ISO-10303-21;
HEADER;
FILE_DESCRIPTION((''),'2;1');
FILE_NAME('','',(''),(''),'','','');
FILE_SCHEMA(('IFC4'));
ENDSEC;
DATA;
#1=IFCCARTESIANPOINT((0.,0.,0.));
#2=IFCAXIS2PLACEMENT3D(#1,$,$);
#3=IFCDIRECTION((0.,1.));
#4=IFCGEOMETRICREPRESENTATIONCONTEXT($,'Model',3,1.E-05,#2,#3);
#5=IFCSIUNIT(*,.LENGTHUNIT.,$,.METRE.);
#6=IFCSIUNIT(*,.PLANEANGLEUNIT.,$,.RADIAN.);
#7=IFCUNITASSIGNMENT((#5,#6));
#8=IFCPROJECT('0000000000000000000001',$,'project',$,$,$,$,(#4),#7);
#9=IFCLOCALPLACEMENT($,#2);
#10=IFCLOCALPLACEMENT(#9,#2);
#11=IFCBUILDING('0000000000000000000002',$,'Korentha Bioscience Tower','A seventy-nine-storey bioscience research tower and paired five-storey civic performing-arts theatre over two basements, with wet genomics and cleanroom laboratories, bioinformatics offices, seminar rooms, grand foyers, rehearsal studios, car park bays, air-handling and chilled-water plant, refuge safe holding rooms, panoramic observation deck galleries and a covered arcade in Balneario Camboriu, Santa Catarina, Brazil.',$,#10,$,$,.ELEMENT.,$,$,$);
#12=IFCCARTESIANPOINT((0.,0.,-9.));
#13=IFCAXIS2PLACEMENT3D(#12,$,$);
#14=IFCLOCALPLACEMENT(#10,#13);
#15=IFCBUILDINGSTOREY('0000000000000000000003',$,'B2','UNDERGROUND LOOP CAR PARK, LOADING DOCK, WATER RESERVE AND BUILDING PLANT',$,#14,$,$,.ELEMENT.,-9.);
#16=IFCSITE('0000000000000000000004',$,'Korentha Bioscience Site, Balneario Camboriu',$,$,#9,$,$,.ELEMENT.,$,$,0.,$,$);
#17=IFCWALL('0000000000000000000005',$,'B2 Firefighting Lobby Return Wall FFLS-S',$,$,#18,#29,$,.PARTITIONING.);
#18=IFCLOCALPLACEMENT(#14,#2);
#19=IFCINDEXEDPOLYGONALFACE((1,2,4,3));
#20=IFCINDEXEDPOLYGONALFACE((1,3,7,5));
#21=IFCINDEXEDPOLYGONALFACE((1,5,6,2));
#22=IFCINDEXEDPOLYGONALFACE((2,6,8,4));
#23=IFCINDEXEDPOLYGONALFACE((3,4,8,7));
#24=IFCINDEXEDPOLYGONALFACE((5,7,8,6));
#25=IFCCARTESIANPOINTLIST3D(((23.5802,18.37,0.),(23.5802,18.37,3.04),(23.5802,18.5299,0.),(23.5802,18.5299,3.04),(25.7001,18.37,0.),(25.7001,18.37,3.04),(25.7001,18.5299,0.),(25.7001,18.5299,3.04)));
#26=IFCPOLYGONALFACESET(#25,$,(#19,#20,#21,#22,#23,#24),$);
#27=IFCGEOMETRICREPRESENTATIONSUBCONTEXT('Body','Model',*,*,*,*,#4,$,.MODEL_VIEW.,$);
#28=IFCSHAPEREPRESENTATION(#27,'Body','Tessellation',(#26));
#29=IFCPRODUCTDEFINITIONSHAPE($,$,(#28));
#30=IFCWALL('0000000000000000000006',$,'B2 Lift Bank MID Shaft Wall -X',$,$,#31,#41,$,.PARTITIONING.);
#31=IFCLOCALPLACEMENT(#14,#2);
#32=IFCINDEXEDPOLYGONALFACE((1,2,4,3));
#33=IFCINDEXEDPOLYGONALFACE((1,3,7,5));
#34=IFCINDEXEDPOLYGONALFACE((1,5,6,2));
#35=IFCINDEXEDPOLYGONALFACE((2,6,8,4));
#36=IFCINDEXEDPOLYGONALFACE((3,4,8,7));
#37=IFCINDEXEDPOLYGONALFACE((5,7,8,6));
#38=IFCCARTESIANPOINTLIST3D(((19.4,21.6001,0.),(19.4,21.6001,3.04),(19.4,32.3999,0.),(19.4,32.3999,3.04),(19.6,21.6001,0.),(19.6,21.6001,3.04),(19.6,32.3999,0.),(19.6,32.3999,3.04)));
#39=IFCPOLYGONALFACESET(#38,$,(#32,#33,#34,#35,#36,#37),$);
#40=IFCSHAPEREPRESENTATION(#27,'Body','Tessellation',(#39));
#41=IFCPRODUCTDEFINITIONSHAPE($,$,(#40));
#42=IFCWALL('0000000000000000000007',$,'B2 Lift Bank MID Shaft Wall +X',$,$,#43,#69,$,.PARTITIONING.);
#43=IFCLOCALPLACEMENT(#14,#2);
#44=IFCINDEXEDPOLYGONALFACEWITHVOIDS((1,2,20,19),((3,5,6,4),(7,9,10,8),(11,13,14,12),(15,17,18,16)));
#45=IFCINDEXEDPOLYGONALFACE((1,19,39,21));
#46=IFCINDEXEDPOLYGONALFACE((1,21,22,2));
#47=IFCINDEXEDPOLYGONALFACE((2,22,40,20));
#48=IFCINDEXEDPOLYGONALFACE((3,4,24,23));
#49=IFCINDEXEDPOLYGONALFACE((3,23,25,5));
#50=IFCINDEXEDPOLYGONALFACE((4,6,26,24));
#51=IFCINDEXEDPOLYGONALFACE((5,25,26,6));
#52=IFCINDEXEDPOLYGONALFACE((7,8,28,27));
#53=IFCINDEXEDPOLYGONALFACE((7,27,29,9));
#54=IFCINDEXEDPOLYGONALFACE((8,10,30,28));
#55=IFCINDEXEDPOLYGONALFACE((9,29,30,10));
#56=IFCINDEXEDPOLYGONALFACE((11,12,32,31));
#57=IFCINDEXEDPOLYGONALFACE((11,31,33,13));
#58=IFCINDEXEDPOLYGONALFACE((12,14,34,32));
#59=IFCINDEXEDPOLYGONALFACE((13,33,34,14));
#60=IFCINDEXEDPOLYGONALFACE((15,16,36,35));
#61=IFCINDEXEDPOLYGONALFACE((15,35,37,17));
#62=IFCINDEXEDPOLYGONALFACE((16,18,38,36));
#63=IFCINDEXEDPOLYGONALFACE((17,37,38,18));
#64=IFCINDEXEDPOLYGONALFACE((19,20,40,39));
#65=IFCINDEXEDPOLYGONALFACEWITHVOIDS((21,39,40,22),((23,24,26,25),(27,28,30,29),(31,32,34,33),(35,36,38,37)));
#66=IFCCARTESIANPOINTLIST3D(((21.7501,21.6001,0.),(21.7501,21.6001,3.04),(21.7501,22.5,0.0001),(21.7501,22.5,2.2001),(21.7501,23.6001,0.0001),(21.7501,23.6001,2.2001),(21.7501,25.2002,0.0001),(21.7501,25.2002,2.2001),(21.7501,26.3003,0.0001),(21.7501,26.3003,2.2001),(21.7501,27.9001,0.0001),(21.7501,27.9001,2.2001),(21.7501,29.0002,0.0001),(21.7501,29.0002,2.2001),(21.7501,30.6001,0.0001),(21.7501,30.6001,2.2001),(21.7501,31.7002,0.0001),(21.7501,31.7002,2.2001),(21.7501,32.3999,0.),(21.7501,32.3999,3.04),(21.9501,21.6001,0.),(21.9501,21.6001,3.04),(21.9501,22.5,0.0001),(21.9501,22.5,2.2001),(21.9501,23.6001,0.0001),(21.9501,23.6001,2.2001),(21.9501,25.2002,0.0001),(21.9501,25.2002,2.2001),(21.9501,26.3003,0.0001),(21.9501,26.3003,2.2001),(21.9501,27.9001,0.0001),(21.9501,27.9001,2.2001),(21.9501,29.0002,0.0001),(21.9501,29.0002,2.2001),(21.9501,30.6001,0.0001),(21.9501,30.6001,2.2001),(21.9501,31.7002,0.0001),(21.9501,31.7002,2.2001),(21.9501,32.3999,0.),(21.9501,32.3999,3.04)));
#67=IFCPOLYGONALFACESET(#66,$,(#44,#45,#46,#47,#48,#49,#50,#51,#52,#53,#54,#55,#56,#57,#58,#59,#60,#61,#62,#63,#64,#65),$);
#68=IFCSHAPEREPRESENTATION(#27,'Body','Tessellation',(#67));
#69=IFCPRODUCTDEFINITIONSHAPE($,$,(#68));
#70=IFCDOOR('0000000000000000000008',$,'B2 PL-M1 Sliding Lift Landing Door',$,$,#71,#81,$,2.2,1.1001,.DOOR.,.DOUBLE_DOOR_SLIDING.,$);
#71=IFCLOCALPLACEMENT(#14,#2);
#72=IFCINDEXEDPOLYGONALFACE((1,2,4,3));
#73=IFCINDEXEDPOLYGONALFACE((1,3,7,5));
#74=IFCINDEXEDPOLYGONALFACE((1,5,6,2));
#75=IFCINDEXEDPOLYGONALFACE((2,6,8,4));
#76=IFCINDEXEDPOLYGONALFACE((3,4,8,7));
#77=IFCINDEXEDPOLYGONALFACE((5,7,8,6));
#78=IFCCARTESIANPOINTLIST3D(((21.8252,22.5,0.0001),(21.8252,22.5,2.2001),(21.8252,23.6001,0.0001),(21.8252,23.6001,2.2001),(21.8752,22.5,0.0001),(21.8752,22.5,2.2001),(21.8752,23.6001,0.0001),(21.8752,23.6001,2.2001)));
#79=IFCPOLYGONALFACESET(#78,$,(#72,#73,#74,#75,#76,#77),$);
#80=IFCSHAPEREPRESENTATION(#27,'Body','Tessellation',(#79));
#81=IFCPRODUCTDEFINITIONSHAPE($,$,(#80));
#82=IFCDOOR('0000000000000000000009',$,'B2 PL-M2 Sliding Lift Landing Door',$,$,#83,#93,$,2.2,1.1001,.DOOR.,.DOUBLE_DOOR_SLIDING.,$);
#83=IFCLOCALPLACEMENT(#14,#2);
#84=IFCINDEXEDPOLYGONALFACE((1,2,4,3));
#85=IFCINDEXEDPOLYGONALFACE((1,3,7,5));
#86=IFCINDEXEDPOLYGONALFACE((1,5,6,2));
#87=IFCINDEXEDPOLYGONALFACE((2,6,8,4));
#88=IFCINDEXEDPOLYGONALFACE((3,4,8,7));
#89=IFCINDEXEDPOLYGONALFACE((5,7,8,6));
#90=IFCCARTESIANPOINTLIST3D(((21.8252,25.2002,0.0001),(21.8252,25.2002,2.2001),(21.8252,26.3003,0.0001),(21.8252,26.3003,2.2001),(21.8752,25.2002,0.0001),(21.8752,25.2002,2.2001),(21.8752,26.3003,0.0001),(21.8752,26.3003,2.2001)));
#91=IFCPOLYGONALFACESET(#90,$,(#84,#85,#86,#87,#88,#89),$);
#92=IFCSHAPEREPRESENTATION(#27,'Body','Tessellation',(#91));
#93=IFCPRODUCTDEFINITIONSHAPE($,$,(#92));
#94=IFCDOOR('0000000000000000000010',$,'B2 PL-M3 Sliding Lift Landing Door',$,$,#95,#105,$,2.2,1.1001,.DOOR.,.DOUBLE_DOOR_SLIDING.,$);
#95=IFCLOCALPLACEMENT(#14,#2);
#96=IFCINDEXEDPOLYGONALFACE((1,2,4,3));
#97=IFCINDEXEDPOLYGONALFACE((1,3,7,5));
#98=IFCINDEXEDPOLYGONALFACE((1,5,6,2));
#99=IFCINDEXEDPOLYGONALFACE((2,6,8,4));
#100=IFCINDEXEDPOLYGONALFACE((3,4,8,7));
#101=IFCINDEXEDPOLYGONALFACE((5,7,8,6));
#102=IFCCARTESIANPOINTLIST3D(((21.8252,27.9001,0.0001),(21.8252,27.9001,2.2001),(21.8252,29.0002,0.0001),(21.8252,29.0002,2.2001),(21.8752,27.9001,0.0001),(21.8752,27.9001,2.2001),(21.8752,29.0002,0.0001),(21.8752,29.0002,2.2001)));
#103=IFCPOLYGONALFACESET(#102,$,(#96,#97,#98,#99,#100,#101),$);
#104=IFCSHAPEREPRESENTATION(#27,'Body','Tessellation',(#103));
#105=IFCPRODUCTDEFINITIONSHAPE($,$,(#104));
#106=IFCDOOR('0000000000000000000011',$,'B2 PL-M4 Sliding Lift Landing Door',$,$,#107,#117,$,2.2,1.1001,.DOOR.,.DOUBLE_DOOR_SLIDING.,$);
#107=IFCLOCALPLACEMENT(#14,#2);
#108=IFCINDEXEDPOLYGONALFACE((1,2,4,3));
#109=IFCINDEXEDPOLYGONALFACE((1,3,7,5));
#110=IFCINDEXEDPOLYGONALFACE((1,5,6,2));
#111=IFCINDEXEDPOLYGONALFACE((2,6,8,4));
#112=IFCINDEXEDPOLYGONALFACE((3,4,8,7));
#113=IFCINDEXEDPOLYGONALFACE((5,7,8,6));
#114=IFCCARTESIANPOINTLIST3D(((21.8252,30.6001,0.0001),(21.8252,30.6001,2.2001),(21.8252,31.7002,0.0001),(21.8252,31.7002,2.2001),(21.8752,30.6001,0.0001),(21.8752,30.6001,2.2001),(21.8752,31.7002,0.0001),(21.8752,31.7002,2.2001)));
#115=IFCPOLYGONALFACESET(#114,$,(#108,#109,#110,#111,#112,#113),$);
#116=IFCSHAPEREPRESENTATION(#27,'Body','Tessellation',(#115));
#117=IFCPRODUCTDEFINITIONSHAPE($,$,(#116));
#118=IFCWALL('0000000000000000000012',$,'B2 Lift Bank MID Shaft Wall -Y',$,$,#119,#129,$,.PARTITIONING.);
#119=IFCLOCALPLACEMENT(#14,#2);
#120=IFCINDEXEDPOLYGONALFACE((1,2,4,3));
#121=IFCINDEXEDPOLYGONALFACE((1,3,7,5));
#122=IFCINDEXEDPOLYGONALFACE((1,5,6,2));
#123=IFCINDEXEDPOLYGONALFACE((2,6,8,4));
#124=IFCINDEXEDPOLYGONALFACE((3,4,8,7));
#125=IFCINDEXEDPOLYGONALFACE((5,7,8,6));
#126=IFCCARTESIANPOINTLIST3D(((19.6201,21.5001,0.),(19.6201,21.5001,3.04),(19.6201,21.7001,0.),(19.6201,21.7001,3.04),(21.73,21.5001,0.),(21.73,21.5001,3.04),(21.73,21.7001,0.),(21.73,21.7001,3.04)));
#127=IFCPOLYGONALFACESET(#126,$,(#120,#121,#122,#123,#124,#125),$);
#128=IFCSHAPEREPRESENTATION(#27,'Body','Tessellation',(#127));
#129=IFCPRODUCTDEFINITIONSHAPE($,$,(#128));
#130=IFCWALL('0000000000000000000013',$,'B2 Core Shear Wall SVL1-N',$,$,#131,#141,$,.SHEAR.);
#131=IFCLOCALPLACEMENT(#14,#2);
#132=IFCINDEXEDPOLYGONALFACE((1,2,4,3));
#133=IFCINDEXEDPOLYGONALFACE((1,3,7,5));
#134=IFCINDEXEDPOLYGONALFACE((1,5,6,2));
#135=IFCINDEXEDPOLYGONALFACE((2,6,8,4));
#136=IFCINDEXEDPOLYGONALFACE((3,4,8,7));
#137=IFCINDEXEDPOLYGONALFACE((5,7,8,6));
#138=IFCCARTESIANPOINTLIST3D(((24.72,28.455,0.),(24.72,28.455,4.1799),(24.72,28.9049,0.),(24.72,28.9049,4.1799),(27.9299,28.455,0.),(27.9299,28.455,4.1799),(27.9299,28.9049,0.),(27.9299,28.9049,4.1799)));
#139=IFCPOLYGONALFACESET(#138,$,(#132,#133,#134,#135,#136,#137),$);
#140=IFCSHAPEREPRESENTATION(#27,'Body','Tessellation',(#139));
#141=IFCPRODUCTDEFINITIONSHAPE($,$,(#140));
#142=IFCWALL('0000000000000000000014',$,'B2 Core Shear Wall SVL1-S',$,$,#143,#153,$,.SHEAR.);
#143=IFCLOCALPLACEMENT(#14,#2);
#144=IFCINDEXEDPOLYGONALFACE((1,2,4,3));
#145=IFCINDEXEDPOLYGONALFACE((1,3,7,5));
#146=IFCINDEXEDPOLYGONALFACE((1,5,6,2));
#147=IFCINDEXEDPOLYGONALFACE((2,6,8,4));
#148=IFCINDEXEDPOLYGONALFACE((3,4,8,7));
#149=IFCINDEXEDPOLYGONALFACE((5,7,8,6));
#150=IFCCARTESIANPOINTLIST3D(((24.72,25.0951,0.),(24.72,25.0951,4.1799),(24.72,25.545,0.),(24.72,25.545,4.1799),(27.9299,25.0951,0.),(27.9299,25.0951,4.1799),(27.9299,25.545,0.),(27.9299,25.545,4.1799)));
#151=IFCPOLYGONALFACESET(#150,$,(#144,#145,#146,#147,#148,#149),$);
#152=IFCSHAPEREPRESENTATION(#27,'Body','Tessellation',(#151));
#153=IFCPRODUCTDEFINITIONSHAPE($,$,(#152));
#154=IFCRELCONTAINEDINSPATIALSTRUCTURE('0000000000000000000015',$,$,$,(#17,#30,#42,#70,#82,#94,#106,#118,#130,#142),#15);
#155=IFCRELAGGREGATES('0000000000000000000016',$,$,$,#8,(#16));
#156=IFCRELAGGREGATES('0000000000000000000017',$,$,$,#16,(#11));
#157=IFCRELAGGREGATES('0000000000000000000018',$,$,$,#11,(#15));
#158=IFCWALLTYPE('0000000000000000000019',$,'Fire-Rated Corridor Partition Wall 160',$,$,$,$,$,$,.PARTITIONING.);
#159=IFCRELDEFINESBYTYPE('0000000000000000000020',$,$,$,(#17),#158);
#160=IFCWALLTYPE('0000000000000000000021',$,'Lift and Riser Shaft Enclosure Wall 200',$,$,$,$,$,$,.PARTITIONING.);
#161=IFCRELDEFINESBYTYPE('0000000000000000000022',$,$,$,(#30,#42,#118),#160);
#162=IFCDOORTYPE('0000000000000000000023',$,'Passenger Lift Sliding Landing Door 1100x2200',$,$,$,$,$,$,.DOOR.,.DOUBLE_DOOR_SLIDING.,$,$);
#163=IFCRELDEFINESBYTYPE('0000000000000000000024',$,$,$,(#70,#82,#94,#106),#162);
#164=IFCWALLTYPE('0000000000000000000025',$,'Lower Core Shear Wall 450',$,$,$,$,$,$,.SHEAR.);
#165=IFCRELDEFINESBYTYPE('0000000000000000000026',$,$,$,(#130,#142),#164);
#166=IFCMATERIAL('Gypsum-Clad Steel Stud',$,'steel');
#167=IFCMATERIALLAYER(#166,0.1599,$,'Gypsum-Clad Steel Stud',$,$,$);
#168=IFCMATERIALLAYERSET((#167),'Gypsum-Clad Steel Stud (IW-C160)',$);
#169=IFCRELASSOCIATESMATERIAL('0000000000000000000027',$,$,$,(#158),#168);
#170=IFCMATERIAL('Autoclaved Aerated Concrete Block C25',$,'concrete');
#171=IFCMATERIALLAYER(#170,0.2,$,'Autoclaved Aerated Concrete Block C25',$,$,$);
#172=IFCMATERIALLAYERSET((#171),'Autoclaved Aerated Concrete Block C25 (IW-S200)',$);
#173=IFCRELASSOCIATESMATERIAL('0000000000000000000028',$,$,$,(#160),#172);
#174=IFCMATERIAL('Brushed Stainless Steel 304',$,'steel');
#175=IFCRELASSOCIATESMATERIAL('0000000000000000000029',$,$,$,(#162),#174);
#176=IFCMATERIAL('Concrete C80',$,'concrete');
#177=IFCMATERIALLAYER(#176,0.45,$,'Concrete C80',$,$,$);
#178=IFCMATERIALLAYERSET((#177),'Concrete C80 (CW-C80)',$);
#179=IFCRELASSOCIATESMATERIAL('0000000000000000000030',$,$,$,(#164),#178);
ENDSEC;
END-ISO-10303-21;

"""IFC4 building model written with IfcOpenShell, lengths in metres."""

from ifc_helpers import new_model, si_unit, direction, frame, frame_2d, origin, place, context, subcontext, project, spatial, rectangle, extrude, material, layer, layer_set, type_object, element, fill, save


model = new_model("IFC4")

# Units and contexts
model_context = context("Model", 3, precision=1e-05, world=origin(), true_north=direction((0.0, 1.0)))
body_context = subcontext(model_context, "Body", "Model", "MODEL_VIEW")
ifc_project = project(units=[si_unit("LENGTHUNIT", "METRE"), si_unit("PLANEANGLEUNIT", "RADIAN")], contexts=[model_context])

# Site, building, storey
site_placement = place(None, origin())
site = spatial("IfcSite", under=ifc_project, at=site_placement, Name="Korentha Bioscience Site, Balneario Camboriu", CompositionType="ELEMENT", RefElevation=0.0)
building_placement = place(site_placement, origin())
building = spatial("IfcBuilding", under=site, at=building_placement, Name="Korentha Bioscience Tower", Description="A seventy-nine-storey bioscience research tower and paired five-storey civic performing-arts theatre over two basements, with wet genomics and cleanroom laboratories, bioinformatics offices, seminar rooms, grand foyers, rehearsal studios, car park bays, air-handling and chilled-water plant, refuge safe holding rooms, panoramic observation deck galleries and a covered arcade in Balneario Camboriu, Santa Catarina, Brazil.", CompositionType="ELEMENT")
storey_placement = place(building_placement, frame((0.0, 0.0, -9.0)))
storey = spatial("IfcBuildingStorey", under=building, at=storey_placement, Name="B2", Description="UNDERGROUND LOOP CAR PARK, LOADING DOCK, WATER RESERVE AND BUILDING PLANT", CompositionType="ELEMENT", Elevation=-9.0)

# Shared definitions
ifc_material_1 = material(Name="Gypsum-Clad Steel Stud", Category="steel")
ifc_layer_1 = layer(ifc_material_1, 0.1599, Name="Gypsum-Clad Steel Stud")
ifc_layer_set_1 = layer_set([ifc_layer_1], Name="Gypsum-Clad Steel Stud (IW-C160)")
wall_type_1 = type_object("IfcWallType", Name="Fire-Rated Corridor Partition Wall 160", PredefinedType="PARTITIONING", material=ifc_layer_set_1)

# Walls
wall_1_placement = place(storey_placement, frame((23.5801, 18.45, 0.0), z_axis=(0.0, 0.0, 1.0), x_axis=(1.0, 0.0, 0.0)))
element("IfcWall", 1, at=wall_1_placement, inside=storey, type_object=wall_type_1, Name="B2 Firefighting Lobby Return Wall FFLS-S", PredefinedType="PARTITIONING", context=body_context, shape_type="SweptSolid", body=[
    extrude(rectangle(XDim=2.1199, YDim=0.1599, at=frame_2d((1.0601, 0.0))), origin(), (0.0, 0.0, 1.0), 3.04),
])
ifc_material_2 = material(Name="Autoclaved Aerated Concrete Block C25", Category="concrete")
ifc_layer_2 = layer(ifc_material_2, 0.2, Name="Autoclaved Aerated Concrete Block C25")
ifc_layer_set_2 = layer_set([ifc_layer_2], Name="Autoclaved Aerated Concrete Block C25 (IW-S200)")
wall_type_2 = type_object("IfcWallType", Name="Lift and Riser Shaft Enclosure Wall 200", PredefinedType="PARTITIONING", material=ifc_layer_set_2)
wall_2_placement = place(storey_placement, frame((19.5, 21.6001, 0.0), z_axis=(0.0, 0.0, 1.0), x_axis=(0.0, 1.0, 0.0)))
element("IfcWall", 2, at=wall_2_placement, inside=storey, type_object=wall_type_2, Name="B2 Lift Bank MID Shaft Wall -X", PredefinedType="PARTITIONING", context=body_context, shape_type="SweptSolid", body=[
    extrude(rectangle(XDim=10.7998, YDim=0.2, at=frame_2d((5.3999, 0.0))), origin(), (0.0, 0.0, 1.0), 3.04),
])

# Wall, openings, doors
wall_3_placement = place(storey_placement, frame((21.8501, 21.6001, 0.0), z_axis=(0.0, 0.0, 1.0), x_axis=(0.0, 1.0, 0.0)))
wall_3 = element("IfcWall", 3, at=wall_3_placement, inside=storey, type_object=wall_type_2, Name="B2 Lift Bank MID Shaft Wall +X", PredefinedType="PARTITIONING", context=body_context, shape_type="SweptSolid", body=[
    extrude(rectangle(XDim=10.7998, YDim=0.2, at=frame_2d((5.3999, 0.0))), origin(), (0.0, 0.0, 1.0), 3.04),
])
opening_1_placement = place(wall_3_placement, frame((0.8999, 0.0, 0.0)))
opening_1 = element("IfcOpeningElement", 4, at=opening_1_placement, cuts=wall_3, PredefinedType="OPENING", context=body_context, shape_type="SweptSolid", body=[
    extrude(rectangle(XDim=1.1001, YDim=2.2, at=frame_2d((0.55, 1.1001))), frame((0.0, 0.1147, 0.0), z_axis=(0.0, -1.0, 0.0), x_axis=(1.0, 0.0, 0.0)), (0.0, 0.0, 1.0), 0.2297),
])
opening_2_placement = place(wall_3_placement, frame((3.6001, 0.0, 0.0)))
opening_2 = element("IfcOpeningElement", 5, at=opening_2_placement, cuts=wall_3, PredefinedType="OPENING", context=body_context, shape_type="SweptSolid", body=[
    extrude(rectangle(XDim=1.1001, YDim=2.2, at=frame_2d((0.55, 1.1001))), frame((0.0, 0.1147, 0.0), z_axis=(0.0, -1.0, 0.0), x_axis=(1.0, 0.0, 0.0)), (0.0, 0.0, 1.0), 0.2297),
])
opening_3_placement = place(wall_3_placement, frame((6.3, 0.0, 0.0)))
opening_3 = element("IfcOpeningElement", 6, at=opening_3_placement, cuts=wall_3, PredefinedType="OPENING", context=body_context, shape_type="SweptSolid", body=[
    extrude(rectangle(XDim=1.1001, YDim=2.2, at=frame_2d((0.55, 1.1001))), frame((0.0, 0.1147, 0.0), z_axis=(0.0, -1.0, 0.0), x_axis=(1.0, 0.0, 0.0)), (0.0, 0.0, 1.0), 0.2297),
])
opening_4_placement = place(wall_3_placement, frame((9.0, 0.0, 0.0)))
opening_4 = element("IfcOpeningElement", 7, at=opening_4_placement, cuts=wall_3, PredefinedType="OPENING", context=body_context, shape_type="SweptSolid", body=[
    extrude(rectangle(XDim=1.1001, YDim=2.2, at=frame_2d((0.55, 1.1001))), frame((0.0, 0.1147, 0.0), z_axis=(0.0, -1.0, 0.0), x_axis=(1.0, 0.0, 0.0)), (0.0, 0.0, 1.0), 0.2297),
])
ifc_material_3 = material(Name="Brushed Stainless Steel 304", Category="steel")
door_type_1 = type_object("IfcDoorType", Name="Passenger Lift Sliding Landing Door 1100x2200", OperationType="DOUBLE_DOOR_SLIDING", PredefinedType="DOOR", material=ifc_material_3)
door_1_placement = place(opening_1_placement, origin())
door_1 = element("IfcDoor", 8, at=door_1_placement, inside=storey, type_object=door_type_1, Name="B2 PL-M1 Sliding Lift Landing Door", OperationType="DOUBLE_DOOR_SLIDING", OverallHeight=2.2, OverallWidth=1.1001, PredefinedType="DOOR", context=body_context, shape_type="SweptSolid", body=[
    extrude(rectangle(XDim=1.1001, YDim=2.2, at=frame_2d((0.55, 1.1001))), frame((0.0, 0.0249, 0.0), z_axis=(0.0, -1.0, 0.0), x_axis=(1.0, 0.0, 0.0)), (0.0, 0.0, 1.0), 0.05),
])
fill(opening_1, door_1)
door_2_placement = place(opening_2_placement, origin())
door_2 = element("IfcDoor", 9, at=door_2_placement, inside=storey, type_object=door_type_1, Name="B2 PL-M2 Sliding Lift Landing Door", OperationType="DOUBLE_DOOR_SLIDING", OverallHeight=2.2, OverallWidth=1.1001, PredefinedType="DOOR", context=body_context, shape_type="SweptSolid", body=[
    extrude(rectangle(XDim=1.1001, YDim=2.2, at=frame_2d((0.55, 1.1001))), frame((0.0, 0.0249, 0.0), z_axis=(0.0, -1.0, 0.0), x_axis=(1.0, 0.0, 0.0)), (0.0, 0.0, 1.0), 0.05),
])
fill(opening_2, door_2)
door_3_placement = place(opening_3_placement, origin())
door_3 = element("IfcDoor", 10, at=door_3_placement, inside=storey, type_object=door_type_1, Name="B2 PL-M3 Sliding Lift Landing Door", OperationType="DOUBLE_DOOR_SLIDING", OverallHeight=2.2, OverallWidth=1.1001, PredefinedType="DOOR", context=body_context, shape_type="SweptSolid", body=[
    extrude(rectangle(XDim=1.1001, YDim=2.2, at=frame_2d((0.55, 1.1001))), frame((0.0, 0.0249, 0.0), z_axis=(0.0, -1.0, 0.0), x_axis=(1.0, 0.0, 0.0)), (0.0, 0.0, 1.0), 0.05),
])
fill(opening_3, door_3)
door_4_placement = place(opening_4_placement, origin())
door_4 = element("IfcDoor", 11, at=door_4_placement, inside=storey, type_object=door_type_1, Name="B2 PL-M4 Sliding Lift Landing Door", OperationType="DOUBLE_DOOR_SLIDING", OverallHeight=2.2, OverallWidth=1.1001, PredefinedType="DOOR", context=body_context, shape_type="SweptSolid", body=[
    extrude(rectangle(XDim=1.1001, YDim=2.2, at=frame_2d((0.55, 1.1001))), frame((0.0, 0.0249, 0.0), z_axis=(0.0, -1.0, 0.0), x_axis=(1.0, 0.0, 0.0)), (0.0, 0.0, 1.0), 0.05),
])
fill(opening_4, door_4)

# Walls
wall_4_placement = place(storey_placement, frame((19.6201, 21.6001, 0.0), z_axis=(0.0, 0.0, 1.0), x_axis=(1.0, 0.0, 0.0)))
element("IfcWall", 12, at=wall_4_placement, inside=storey, type_object=wall_type_2, Name="B2 Lift Bank MID Shaft Wall -Y", PredefinedType="PARTITIONING", context=body_context, shape_type="SweptSolid", body=[
    extrude(rectangle(XDim=2.1099, YDim=0.2, at=frame_2d((1.0549, 0.0))), origin(), (0.0, 0.0, 1.0), 3.04),
])
ifc_material_4 = material(Name="Concrete C80", Category="concrete")
ifc_layer_3 = layer(ifc_material_4, 0.45, Name="Concrete C80")
ifc_layer_set_3 = layer_set([ifc_layer_3], Name="Concrete C80 (CW-C80)")
wall_type_3 = type_object("IfcWallType", Name="Lower Core Shear Wall 450", PredefinedType="SHEAR", material=ifc_layer_set_3)
for number, where, z_axis, x_axis, name in (
    (13, (24.72, 28.6799, 0.0), (0.0, 0.0, 1.0), (1.0, 0.0, 0.0), "B2 Core Shear Wall SVL1-N"),
    (14, (24.72, 25.3201, 0.0), (0.0, 0.0, 1.0), (1.0, 0.0, 0.0), "B2 Core Shear Wall SVL1-S"),
):
    element("IfcWall", number, at=place(storey_placement, frame(where, z_axis=z_axis, x_axis=x_axis)), inside=storey, type_object=wall_type_3, Name=name, PredefinedType="SHEAR", context=body_context, shape_type="SweptSolid", body=[
        extrude(rectangle(XDim=3.21, YDim=0.45, at=frame_2d((1.605, 0.0))), origin(), (0.0, 0.0, 1.0), 4.1799),
    ])

save(model, "model.ifc")
